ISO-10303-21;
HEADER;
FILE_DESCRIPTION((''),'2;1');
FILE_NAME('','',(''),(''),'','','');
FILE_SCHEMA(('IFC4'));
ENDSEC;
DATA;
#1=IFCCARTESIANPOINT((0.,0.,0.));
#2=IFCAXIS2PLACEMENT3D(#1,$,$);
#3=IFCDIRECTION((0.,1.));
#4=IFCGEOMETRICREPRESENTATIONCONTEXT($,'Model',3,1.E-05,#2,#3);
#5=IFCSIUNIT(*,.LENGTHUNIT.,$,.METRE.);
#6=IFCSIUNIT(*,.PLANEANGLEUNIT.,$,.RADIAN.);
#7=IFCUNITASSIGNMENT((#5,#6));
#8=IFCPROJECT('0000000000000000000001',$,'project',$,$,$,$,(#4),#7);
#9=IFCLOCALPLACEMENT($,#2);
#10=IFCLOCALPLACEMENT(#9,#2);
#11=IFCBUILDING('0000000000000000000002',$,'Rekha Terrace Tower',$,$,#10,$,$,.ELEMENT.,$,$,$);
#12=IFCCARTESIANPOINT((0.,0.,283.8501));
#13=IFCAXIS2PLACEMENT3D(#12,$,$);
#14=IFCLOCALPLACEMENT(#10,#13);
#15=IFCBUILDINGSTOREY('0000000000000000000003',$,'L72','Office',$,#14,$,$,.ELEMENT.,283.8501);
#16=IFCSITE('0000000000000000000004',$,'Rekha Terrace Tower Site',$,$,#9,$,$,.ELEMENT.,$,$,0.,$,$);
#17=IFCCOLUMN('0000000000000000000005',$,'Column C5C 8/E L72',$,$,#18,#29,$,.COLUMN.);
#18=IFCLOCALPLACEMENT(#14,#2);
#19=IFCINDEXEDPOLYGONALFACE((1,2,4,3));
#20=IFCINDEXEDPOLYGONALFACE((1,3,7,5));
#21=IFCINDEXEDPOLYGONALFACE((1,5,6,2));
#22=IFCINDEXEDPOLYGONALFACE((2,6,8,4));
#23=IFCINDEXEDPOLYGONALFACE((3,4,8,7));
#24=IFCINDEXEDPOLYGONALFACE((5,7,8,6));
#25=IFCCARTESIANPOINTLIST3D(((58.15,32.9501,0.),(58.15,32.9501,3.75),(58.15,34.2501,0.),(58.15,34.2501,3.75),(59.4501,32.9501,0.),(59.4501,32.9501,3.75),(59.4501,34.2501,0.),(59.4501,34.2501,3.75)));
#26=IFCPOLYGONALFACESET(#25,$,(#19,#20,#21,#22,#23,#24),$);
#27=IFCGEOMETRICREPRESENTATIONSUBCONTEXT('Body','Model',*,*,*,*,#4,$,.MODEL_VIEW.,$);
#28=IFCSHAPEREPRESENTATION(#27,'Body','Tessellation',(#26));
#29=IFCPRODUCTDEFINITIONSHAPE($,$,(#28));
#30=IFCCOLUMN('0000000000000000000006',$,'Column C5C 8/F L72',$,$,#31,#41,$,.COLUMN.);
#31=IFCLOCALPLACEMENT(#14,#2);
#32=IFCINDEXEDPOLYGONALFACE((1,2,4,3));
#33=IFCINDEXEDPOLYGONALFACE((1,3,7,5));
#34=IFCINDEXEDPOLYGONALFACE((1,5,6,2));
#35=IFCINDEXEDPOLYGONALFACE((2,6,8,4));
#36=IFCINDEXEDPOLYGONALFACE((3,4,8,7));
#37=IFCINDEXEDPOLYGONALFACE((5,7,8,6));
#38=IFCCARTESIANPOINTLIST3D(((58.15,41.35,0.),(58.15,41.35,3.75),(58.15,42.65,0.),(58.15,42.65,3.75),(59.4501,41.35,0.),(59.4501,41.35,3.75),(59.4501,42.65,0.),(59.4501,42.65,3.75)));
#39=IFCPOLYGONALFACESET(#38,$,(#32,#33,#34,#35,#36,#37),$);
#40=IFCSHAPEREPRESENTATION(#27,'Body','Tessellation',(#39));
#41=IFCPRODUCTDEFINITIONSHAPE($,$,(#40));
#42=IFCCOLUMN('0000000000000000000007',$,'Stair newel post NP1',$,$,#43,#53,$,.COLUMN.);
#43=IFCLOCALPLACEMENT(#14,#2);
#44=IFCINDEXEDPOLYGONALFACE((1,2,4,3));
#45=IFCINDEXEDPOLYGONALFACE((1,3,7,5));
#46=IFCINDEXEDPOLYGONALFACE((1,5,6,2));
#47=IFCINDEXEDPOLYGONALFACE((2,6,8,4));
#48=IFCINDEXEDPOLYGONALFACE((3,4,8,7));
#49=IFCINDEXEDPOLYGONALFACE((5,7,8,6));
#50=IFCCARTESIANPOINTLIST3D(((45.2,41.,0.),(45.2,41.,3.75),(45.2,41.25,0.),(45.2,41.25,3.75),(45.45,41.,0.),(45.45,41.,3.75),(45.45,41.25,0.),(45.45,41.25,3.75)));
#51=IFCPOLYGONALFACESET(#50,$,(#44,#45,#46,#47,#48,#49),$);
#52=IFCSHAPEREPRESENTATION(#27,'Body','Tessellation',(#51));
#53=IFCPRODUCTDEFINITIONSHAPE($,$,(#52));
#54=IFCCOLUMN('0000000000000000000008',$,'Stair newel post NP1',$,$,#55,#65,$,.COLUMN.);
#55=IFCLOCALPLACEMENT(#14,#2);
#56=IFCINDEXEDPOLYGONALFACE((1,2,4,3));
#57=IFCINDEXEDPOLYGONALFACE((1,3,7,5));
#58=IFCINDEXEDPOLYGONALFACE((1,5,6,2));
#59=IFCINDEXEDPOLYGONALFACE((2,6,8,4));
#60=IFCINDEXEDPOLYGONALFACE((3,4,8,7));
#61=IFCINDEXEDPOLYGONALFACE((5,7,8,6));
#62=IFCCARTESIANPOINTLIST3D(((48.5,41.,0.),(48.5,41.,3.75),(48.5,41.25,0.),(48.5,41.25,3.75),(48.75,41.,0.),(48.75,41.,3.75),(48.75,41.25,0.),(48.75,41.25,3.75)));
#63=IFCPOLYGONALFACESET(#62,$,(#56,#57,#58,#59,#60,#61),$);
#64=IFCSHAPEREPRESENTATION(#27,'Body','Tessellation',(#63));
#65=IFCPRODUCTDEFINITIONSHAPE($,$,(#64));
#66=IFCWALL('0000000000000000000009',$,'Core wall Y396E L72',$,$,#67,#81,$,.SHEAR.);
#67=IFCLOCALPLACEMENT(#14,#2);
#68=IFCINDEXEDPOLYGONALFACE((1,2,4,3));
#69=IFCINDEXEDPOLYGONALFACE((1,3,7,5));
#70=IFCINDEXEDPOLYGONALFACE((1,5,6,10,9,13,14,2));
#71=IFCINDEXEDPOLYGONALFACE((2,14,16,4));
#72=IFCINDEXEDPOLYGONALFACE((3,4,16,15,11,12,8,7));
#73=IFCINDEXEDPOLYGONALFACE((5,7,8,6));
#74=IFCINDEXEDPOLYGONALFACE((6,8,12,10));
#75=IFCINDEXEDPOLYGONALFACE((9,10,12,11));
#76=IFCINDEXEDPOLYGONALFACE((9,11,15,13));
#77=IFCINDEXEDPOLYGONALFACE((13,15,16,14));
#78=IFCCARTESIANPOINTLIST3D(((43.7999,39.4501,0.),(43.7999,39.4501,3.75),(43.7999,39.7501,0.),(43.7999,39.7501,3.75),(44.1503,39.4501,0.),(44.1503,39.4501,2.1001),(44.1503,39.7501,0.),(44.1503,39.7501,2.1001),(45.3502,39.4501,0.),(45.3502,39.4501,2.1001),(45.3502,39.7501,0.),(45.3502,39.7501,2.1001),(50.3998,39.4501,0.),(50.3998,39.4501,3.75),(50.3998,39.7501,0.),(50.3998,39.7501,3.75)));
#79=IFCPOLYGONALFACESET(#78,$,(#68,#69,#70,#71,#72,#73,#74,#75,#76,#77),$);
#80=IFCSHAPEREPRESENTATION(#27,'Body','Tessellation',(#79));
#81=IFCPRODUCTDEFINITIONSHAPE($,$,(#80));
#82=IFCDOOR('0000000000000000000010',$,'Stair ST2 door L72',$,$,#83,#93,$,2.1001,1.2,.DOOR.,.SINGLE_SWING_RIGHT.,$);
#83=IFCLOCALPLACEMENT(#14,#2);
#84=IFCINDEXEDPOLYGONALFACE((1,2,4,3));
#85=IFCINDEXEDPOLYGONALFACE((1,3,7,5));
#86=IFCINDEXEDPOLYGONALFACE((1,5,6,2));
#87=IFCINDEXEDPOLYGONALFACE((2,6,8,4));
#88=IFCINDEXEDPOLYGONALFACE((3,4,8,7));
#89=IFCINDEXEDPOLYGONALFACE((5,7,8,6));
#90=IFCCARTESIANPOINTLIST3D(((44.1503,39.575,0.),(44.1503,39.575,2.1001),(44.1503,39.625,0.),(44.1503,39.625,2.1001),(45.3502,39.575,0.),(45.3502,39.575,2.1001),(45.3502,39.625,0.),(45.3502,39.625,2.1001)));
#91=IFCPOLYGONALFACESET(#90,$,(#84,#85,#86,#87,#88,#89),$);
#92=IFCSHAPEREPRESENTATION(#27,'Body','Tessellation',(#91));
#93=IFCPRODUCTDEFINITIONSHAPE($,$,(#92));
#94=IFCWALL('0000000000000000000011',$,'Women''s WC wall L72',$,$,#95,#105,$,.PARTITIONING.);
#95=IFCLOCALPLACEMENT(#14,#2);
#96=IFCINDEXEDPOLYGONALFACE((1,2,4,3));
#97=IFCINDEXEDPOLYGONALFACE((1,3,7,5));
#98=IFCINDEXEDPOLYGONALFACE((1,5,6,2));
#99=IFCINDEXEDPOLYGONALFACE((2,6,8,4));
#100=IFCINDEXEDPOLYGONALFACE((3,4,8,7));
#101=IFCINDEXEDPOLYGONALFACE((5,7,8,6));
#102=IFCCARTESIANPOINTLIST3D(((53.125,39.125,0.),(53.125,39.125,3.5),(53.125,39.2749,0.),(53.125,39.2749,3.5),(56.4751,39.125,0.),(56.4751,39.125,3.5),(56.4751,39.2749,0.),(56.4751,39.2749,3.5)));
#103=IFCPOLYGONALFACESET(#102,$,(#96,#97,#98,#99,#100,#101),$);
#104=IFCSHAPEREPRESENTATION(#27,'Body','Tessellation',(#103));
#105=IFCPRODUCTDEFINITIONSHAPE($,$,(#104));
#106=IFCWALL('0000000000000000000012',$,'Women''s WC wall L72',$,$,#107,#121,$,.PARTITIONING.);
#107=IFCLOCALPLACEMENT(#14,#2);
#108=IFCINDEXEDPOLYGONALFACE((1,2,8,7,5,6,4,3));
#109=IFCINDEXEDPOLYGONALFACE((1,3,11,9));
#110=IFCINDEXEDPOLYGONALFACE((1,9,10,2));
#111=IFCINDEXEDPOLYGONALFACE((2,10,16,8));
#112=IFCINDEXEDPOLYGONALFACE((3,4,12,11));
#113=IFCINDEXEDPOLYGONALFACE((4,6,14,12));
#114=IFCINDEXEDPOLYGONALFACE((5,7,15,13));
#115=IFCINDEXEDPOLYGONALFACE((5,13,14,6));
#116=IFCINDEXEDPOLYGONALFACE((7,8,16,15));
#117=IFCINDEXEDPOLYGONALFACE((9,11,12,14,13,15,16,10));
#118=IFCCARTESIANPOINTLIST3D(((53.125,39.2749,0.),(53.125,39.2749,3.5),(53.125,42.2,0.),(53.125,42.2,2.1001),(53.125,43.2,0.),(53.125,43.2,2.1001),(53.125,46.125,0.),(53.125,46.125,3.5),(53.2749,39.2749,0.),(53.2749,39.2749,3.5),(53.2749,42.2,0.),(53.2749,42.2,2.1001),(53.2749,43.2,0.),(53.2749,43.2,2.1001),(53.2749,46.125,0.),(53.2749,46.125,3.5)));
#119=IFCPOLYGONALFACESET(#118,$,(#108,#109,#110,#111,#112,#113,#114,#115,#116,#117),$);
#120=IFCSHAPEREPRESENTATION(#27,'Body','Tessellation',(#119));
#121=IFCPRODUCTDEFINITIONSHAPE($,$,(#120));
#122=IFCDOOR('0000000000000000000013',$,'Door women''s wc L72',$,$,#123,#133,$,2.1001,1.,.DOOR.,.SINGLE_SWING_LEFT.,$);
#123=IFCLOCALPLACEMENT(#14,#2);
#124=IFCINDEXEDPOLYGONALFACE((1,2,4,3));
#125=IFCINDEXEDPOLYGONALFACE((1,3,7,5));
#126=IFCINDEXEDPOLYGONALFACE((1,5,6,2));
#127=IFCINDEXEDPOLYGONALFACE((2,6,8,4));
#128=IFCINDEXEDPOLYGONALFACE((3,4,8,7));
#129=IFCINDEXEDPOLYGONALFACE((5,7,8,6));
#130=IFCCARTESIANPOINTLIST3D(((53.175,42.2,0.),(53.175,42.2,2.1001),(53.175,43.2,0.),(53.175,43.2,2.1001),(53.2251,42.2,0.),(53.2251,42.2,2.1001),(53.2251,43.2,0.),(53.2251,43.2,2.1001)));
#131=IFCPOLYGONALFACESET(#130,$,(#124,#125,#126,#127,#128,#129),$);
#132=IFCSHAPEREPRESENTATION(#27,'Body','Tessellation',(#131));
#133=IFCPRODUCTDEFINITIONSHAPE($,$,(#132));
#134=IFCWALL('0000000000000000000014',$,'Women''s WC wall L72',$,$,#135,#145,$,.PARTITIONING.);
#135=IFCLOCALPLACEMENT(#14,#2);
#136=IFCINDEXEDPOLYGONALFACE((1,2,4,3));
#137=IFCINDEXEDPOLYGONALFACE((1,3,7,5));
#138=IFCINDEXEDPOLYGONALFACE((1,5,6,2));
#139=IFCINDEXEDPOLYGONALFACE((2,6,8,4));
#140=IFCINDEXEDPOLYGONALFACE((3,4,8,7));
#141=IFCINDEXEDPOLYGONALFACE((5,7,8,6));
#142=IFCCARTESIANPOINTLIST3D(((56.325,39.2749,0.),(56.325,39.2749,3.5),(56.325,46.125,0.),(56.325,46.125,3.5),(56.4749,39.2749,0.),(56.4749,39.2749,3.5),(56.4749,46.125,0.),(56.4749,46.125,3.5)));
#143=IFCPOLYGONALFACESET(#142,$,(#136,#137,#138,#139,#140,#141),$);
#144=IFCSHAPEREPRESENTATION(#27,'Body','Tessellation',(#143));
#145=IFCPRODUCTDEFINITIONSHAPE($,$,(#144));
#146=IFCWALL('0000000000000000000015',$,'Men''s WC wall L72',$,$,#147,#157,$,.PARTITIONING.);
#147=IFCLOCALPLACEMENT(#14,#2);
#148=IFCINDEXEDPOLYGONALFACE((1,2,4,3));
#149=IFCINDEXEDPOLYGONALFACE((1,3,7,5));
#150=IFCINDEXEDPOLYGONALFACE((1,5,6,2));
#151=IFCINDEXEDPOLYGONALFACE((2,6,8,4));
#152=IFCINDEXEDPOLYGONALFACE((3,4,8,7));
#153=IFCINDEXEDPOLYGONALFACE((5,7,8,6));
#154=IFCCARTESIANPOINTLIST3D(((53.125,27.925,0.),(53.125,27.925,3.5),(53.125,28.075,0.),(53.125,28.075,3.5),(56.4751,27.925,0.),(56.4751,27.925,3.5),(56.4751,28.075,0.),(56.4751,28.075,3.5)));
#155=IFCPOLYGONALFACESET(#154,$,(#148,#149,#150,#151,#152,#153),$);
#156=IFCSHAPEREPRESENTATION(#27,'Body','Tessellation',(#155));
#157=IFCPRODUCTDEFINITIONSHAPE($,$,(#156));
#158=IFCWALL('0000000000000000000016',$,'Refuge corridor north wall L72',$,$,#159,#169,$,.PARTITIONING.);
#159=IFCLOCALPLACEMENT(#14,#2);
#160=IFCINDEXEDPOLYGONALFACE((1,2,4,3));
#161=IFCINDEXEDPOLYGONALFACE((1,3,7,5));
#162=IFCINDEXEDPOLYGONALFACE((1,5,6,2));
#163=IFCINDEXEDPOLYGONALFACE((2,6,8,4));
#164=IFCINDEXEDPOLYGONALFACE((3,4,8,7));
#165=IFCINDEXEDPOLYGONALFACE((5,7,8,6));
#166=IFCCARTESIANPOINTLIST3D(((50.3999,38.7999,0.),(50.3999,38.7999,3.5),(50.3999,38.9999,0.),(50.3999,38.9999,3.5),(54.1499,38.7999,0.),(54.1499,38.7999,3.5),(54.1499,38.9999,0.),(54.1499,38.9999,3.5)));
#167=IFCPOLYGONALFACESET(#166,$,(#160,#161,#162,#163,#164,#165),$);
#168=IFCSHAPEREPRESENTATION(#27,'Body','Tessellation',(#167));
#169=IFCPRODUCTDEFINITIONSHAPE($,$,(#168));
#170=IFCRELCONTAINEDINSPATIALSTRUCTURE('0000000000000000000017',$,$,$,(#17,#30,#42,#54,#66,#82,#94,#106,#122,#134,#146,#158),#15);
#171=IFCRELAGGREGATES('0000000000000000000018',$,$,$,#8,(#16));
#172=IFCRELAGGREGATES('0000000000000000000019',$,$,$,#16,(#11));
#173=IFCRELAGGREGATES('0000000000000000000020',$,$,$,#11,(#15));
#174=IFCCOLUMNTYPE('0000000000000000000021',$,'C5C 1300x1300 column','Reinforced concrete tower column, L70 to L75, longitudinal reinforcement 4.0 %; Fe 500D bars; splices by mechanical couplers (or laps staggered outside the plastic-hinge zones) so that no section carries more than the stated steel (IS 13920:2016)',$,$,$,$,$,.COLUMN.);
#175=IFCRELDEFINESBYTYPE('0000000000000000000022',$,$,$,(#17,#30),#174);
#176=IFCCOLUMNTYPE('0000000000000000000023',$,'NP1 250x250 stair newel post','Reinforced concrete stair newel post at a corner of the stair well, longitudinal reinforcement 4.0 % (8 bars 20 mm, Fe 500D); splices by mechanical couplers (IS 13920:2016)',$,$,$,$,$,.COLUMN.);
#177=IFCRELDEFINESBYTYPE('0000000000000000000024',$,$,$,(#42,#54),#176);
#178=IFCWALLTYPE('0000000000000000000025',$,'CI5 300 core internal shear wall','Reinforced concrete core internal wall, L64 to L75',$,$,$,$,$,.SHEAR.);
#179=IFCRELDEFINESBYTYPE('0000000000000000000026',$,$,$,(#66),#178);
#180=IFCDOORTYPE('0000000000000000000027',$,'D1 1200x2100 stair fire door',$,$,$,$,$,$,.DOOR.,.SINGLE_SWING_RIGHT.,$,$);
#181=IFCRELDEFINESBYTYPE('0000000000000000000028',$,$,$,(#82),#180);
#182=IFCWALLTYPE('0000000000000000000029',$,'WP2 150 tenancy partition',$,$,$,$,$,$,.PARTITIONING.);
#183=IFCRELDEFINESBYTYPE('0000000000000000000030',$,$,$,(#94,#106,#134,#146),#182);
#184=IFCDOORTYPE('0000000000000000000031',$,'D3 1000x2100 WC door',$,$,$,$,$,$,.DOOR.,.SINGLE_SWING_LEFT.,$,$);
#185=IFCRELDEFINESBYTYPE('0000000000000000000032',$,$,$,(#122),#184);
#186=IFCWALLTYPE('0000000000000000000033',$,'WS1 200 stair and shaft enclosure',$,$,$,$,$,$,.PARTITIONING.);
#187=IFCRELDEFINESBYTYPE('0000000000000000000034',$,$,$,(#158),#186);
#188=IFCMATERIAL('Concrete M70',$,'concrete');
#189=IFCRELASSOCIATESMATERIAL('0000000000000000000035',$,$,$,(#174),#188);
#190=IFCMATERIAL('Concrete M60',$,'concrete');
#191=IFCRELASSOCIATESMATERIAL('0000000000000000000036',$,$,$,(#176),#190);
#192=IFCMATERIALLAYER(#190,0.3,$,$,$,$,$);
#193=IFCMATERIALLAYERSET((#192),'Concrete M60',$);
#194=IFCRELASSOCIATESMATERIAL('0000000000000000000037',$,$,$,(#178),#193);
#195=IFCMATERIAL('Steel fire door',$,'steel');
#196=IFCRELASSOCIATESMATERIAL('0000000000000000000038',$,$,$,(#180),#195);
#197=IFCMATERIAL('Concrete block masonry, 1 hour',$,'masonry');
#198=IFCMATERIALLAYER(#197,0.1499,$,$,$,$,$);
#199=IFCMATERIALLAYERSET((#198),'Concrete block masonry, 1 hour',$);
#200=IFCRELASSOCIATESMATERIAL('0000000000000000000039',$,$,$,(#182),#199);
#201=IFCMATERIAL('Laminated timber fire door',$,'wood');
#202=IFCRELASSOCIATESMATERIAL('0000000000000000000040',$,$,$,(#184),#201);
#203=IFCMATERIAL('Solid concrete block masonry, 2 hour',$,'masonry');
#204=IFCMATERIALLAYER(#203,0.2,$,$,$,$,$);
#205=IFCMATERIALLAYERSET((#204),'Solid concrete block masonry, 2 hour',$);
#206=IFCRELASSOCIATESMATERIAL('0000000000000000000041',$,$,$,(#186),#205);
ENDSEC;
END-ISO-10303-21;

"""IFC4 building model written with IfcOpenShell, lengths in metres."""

from ifc_helpers import new_model, si_unit, direction, frame, frame_2d, origin, origin_2d, place, context, subcontext, project, spatial, rectangle, extrude, material, layer, layer_set, material_profile, profile_set, type_object, element, fill, save


model = new_model("IFC4")

# Units and contexts
model_context = context("Model", 3, precision=1e-05, world=origin(), true_north=direction((0.0, 1.0)))
body_context = subcontext(model_context, "Body", "Model", "MODEL_VIEW")
ifc_project = project(units=[si_unit("LENGTHUNIT", "METRE"), si_unit("PLANEANGLEUNIT", "RADIAN")], contexts=[model_context])

# Site, building, storey
site_placement = place(None, origin())
site = spatial("IfcSite", under=ifc_project, at=site_placement, Name="Rekha Terrace Tower Site", CompositionType="ELEMENT", RefElevation=0.0)
building_placement = place(site_placement, origin())
building = spatial("IfcBuilding", under=site, at=building_placement, Name="Rekha Terrace Tower", CompositionType="ELEMENT")
storey_placement = place(building_placement, frame((0.0, 0.0, 283.8501)))
storey = spatial("IfcBuildingStorey", under=building, at=storey_placement, Name="L72", Description="Office", CompositionType="ELEMENT", Elevation=283.8501)

# Columns
ifc_material_1 = material(Name="Concrete M70", Category="concrete")
ifc_material_profile_1 = material_profile(ifc_material_1, rectangle(XDim=1.3, YDim=1.3, at=origin_2d()), Name="RC 1300x1300")
ifc_profile_set_1 = profile_set([ifc_material_profile_1], Name="Concrete M70")
column_type_1 = type_object("IfcColumnType", Name="C5C 1300x1300 column", Description="Reinforced concrete tower column, L70 to L75, longitudinal reinforcement 4.0 %; Fe 500D bars; splices by mechanical couplers (or laps staggered outside the plastic-hinge zones) so that no section carries more than the stated steel (IS 13920:2016)", PredefinedType="COLUMN", material=ifc_profile_set_1)
for number, where, z_axis, x_axis, name in (
    (1, (58.8, 33.6001, 0.0), (0.0, 0.0, 1.0), (1.0, 0.0, 0.0), "Column C5C 8/E L72"),
    (2, (58.8, 42.0, 0.0), (0.0, 0.0, 1.0), (1.0, 0.0, 0.0), "Column C5C 8/F L72"),
):
    element("IfcColumn", number, at=place(storey_placement, frame(where, z_axis=z_axis, x_axis=x_axis)), inside=storey, type_object=column_type_1, Name=name, PredefinedType="COLUMN", context=body_context, shape_type="SweptSolid", body=[
        extrude(rectangle(XDim=1.3, YDim=1.3, at=origin_2d()), origin(), (0.0, 0.0, 1.0), 3.75),
    ])
ifc_material_2 = material(Name="Concrete M60", Category="concrete")
ifc_material_profile_2 = material_profile(ifc_material_2, rectangle(XDim=0.25, YDim=0.25, at=origin_2d()), Name="RC 250x250")
ifc_profile_set_2 = profile_set([ifc_material_profile_2], Name="Concrete M60")
column_type_2 = type_object("IfcColumnType", Name="NP1 250x250 stair newel post", Description="Reinforced concrete stair newel post at a corner of the stair well, longitudinal reinforcement 4.0 % (8 bars 20 mm, Fe 500D); splices by mechanical couplers (IS 13920:2016)", PredefinedType="COLUMN", material=ifc_profile_set_2)
for number, where, z_axis, x_axis, name in (
    (3, (45.325, 41.125, 0.0), (0.0, 0.0, 1.0), (1.0, 0.0, 0.0), "Stair newel post NP1"),
    (4, (48.625, 41.125, 0.0), (0.0, 0.0, 1.0), (1.0, 0.0, 0.0), "Stair newel post NP1"),
):
    element("IfcColumn", number, at=place(storey_placement, frame(where, z_axis=z_axis, x_axis=x_axis)), inside=storey, type_object=column_type_2, Name=name, PredefinedType="COLUMN", context=body_context, shape_type="SweptSolid", body=[
        extrude(rectangle(XDim=0.25, YDim=0.25, at=origin_2d()), origin(), (0.0, 0.0, 1.0), 3.75),
    ])

# Wall, opening, door
ifc_layer_1 = layer(ifc_material_2, 0.3)
ifc_layer_set_1 = layer_set([ifc_layer_1], Name="Concrete M60")
wall_type_1 = type_object("IfcWallType", Name="CI5 300 core internal shear wall", Description="Reinforced concrete core internal wall, L64 to L75", PredefinedType="SHEAR", material=ifc_layer_set_1)
wall_1_placement = place(storey_placement, frame((43.8, 39.6001, 0.0), z_axis=(0.0, 0.0, 1.0), x_axis=(1.0, 0.0, 0.0)))
wall_1 = element("IfcWall", 5, at=wall_1_placement, inside=storey, type_object=wall_type_1, Name="Core wall Y396E L72", PredefinedType="SHEAR", context=body_context, shape_type="SweptSolid", body=[
    extrude(rectangle(XDim=6.5999, YDim=0.3, at=frame_2d((3.2998, 0.0))), origin(), (0.0, 0.0, 1.0), 3.75),
])
opening_1_placement = place(wall_1_placement, frame((0.3501, 0.0, 0.0)))
opening_1 = element("IfcOpeningElement", 6, at=opening_1_placement, cuts=wall_1, PredefinedType="OPENING", context=body_context, shape_type="SweptSolid", body=[
    extrude(rectangle(XDim=1.2, YDim=2.1001, at=frame_2d((0.6001, 1.05))), frame((0.0, 0.1599, 0.0), z_axis=(0.0, -1.0, 0.0), x_axis=(1.0, 0.0, 0.0)), (0.0, 0.0, 1.0), 0.3201),
])
ifc_material_3 = material(Name="Steel fire door", Category="steel")
door_type_1 = type_object("IfcDoorType", Name="D1 1200x2100 stair fire door", OperationType="SINGLE_SWING_RIGHT", PredefinedType="DOOR", material=ifc_material_3)
door_1_placement = place(opening_1_placement, origin())
door_1 = element("IfcDoor", 7, at=door_1_placement, inside=storey, type_object=door_type_1, Name="Stair ST2 door L72", OperationType="SINGLE_SWING_RIGHT", OverallHeight=2.1001, OverallWidth=1.2, PredefinedType="DOOR", context=body_context, shape_type="SweptSolid", body=[
    extrude(rectangle(XDim=1.2, YDim=2.1001, at=frame_2d((0.6001, 1.05))), frame((0.0, 0.0249, 0.0), z_axis=(0.0, -1.0, 0.0), x_axis=(1.0, 0.0, 0.0)), (0.0, 0.0, 1.0), 0.05),
])
fill(opening_1, door_1)

# Wall
ifc_material_4 = material(Name="Concrete block masonry, 1 hour", Category="masonry")
ifc_layer_2 = layer(ifc_material_4, 0.1499)
ifc_layer_set_2 = layer_set([ifc_layer_2], Name="Concrete block masonry, 1 hour")
wall_type_2 = type_object("IfcWallType", Name="WP2 150 tenancy partition", PredefinedType="PARTITIONING", material=ifc_layer_set_2)
wall_2_placement = place(storey_placement, frame((53.125, 39.2, 0.0), z_axis=(0.0, 0.0, 1.0), x_axis=(1.0, 0.0, 0.0)))
element("IfcWall", 8, at=wall_2_placement, inside=storey, type_object=wall_type_2, Name="Women's WC wall L72", PredefinedType="PARTITIONING", context=body_context, shape_type="SweptSolid", body=[
    extrude(rectangle(XDim=3.3501, YDim=0.1499, at=frame_2d((1.675, 0.0))), origin(), (0.0, 0.0, 1.0), 3.5),
])

# Wall, opening, door
wall_3_placement = place(storey_placement, frame((53.2, 39.2749, 0.0), z_axis=(0.0, 0.0, 1.0), x_axis=(0.0, 1.0, 0.0)))
wall_3 = element("IfcWall", 9, at=wall_3_placement, inside=storey, type_object=wall_type_2, Name="Women's WC wall L72", PredefinedType="PARTITIONING", context=body_context, shape_type="SweptSolid", body=[
    extrude(rectangle(XDim=6.8501, YDim=0.1499, at=frame_2d((3.425, 0.0))), origin(), (0.0, 0.0, 1.0), 3.5),
])
opening_2_placement = place(wall_3_placement, frame((2.925, 0.0, 0.0)))
opening_2 = element("IfcOpeningElement", 10, at=opening_2_placement, cuts=wall_3, PredefinedType="OPENING", context=body_context, shape_type="SweptSolid", body=[
    extrude(rectangle(XDim=1.0, YDim=2.1001, at=frame_2d((0.5, 1.05))), frame((0.0, 0.085, 0.0), z_axis=(0.0, -1.0, 0.0), x_axis=(1.0, 0.0, 0.0)), (0.0, 0.0, 1.0), 0.1699),
])
ifc_material_5 = material(Name="Laminated timber fire door", Category="wood")
door_type_2 = type_object("IfcDoorType", Name="D3 1000x2100 WC door", OperationType="SINGLE_SWING_LEFT", PredefinedType="DOOR", material=ifc_material_5)
door_2_placement = place(opening_2_placement, origin())
door_2 = element("IfcDoor", 11, at=door_2_placement, inside=storey, type_object=door_type_2, Name="Door women's wc L72", OperationType="SINGLE_SWING_LEFT", OverallHeight=2.1001, OverallWidth=1.0, PredefinedType="DOOR", context=body_context, shape_type="SweptSolid", body=[
    extrude(rectangle(XDim=1.0, YDim=2.1001, at=frame_2d((0.5, 1.05))), frame((0.0, 0.0249, 0.0), z_axis=(0.0, -1.0, 0.0), x_axis=(1.0, 0.0, 0.0)), (0.0, 0.0, 1.0), 0.05),
])
fill(opening_2, door_2)

# Walls
wall_4_placement = place(storey_placement, frame((56.3999, 39.2749, 0.0), z_axis=(0.0, 0.0, 1.0), x_axis=(0.0, 1.0, 0.0)))
element("IfcWall", 12, at=wall_4_placement, inside=storey, type_object=wall_type_2, Name="Women's WC wall L72", PredefinedType="PARTITIONING", context=body_context, shape_type="SweptSolid", body=[
    extrude(rectangle(XDim=6.8501, YDim=0.1499, at=frame_2d((3.425, 0.0))), origin(), (0.0, 0.0, 1.0), 3.5),
])
wall_5_placement = place(storey_placement, frame((53.125, 28.0, 0.0), z_axis=(0.0, 0.0, 1.0), x_axis=(1.0, 0.0, 0.0)))
element("IfcWall", 13, at=wall_5_placement, inside=storey, type_object=wall_type_2, Name="Men's WC wall L72", PredefinedType="PARTITIONING", context=body_context, shape_type="SweptSolid", body=[
    extrude(rectangle(XDim=3.3501, YDim=0.1499, at=frame_2d((1.675, 0.0))), origin(), (0.0, 0.0, 1.0), 3.5),
])
ifc_material_6 = material(Name="Solid concrete block masonry, 2 hour", Category="masonry")
ifc_layer_3 = layer(ifc_material_6, 0.2)
ifc_layer_set_3 = layer_set([ifc_layer_3], Name="Solid concrete block masonry, 2 hour")
wall_type_3 = type_object("IfcWallType", Name="WS1 200 stair and shaft enclosure", PredefinedType="PARTITIONING", material=ifc_layer_set_3)
wall_6_placement = place(storey_placement, frame((50.3999, 38.8999, 0.0), z_axis=(0.0, 0.0, 1.0), x_axis=(1.0, 0.0, 0.0)))
element("IfcWall", 14, at=wall_6_placement, inside=storey, type_object=wall_type_3, Name="Refuge corridor north wall L72", PredefinedType="PARTITIONING", context=body_context, shape_type="SweptSolid", body=[
    extrude(rectangle(XDim=3.75, YDim=0.2, at=frame_2d((1.875, 0.0))), origin(), (0.0, 0.0, 1.0), 3.5),
])

save(model, "model.ifc")
